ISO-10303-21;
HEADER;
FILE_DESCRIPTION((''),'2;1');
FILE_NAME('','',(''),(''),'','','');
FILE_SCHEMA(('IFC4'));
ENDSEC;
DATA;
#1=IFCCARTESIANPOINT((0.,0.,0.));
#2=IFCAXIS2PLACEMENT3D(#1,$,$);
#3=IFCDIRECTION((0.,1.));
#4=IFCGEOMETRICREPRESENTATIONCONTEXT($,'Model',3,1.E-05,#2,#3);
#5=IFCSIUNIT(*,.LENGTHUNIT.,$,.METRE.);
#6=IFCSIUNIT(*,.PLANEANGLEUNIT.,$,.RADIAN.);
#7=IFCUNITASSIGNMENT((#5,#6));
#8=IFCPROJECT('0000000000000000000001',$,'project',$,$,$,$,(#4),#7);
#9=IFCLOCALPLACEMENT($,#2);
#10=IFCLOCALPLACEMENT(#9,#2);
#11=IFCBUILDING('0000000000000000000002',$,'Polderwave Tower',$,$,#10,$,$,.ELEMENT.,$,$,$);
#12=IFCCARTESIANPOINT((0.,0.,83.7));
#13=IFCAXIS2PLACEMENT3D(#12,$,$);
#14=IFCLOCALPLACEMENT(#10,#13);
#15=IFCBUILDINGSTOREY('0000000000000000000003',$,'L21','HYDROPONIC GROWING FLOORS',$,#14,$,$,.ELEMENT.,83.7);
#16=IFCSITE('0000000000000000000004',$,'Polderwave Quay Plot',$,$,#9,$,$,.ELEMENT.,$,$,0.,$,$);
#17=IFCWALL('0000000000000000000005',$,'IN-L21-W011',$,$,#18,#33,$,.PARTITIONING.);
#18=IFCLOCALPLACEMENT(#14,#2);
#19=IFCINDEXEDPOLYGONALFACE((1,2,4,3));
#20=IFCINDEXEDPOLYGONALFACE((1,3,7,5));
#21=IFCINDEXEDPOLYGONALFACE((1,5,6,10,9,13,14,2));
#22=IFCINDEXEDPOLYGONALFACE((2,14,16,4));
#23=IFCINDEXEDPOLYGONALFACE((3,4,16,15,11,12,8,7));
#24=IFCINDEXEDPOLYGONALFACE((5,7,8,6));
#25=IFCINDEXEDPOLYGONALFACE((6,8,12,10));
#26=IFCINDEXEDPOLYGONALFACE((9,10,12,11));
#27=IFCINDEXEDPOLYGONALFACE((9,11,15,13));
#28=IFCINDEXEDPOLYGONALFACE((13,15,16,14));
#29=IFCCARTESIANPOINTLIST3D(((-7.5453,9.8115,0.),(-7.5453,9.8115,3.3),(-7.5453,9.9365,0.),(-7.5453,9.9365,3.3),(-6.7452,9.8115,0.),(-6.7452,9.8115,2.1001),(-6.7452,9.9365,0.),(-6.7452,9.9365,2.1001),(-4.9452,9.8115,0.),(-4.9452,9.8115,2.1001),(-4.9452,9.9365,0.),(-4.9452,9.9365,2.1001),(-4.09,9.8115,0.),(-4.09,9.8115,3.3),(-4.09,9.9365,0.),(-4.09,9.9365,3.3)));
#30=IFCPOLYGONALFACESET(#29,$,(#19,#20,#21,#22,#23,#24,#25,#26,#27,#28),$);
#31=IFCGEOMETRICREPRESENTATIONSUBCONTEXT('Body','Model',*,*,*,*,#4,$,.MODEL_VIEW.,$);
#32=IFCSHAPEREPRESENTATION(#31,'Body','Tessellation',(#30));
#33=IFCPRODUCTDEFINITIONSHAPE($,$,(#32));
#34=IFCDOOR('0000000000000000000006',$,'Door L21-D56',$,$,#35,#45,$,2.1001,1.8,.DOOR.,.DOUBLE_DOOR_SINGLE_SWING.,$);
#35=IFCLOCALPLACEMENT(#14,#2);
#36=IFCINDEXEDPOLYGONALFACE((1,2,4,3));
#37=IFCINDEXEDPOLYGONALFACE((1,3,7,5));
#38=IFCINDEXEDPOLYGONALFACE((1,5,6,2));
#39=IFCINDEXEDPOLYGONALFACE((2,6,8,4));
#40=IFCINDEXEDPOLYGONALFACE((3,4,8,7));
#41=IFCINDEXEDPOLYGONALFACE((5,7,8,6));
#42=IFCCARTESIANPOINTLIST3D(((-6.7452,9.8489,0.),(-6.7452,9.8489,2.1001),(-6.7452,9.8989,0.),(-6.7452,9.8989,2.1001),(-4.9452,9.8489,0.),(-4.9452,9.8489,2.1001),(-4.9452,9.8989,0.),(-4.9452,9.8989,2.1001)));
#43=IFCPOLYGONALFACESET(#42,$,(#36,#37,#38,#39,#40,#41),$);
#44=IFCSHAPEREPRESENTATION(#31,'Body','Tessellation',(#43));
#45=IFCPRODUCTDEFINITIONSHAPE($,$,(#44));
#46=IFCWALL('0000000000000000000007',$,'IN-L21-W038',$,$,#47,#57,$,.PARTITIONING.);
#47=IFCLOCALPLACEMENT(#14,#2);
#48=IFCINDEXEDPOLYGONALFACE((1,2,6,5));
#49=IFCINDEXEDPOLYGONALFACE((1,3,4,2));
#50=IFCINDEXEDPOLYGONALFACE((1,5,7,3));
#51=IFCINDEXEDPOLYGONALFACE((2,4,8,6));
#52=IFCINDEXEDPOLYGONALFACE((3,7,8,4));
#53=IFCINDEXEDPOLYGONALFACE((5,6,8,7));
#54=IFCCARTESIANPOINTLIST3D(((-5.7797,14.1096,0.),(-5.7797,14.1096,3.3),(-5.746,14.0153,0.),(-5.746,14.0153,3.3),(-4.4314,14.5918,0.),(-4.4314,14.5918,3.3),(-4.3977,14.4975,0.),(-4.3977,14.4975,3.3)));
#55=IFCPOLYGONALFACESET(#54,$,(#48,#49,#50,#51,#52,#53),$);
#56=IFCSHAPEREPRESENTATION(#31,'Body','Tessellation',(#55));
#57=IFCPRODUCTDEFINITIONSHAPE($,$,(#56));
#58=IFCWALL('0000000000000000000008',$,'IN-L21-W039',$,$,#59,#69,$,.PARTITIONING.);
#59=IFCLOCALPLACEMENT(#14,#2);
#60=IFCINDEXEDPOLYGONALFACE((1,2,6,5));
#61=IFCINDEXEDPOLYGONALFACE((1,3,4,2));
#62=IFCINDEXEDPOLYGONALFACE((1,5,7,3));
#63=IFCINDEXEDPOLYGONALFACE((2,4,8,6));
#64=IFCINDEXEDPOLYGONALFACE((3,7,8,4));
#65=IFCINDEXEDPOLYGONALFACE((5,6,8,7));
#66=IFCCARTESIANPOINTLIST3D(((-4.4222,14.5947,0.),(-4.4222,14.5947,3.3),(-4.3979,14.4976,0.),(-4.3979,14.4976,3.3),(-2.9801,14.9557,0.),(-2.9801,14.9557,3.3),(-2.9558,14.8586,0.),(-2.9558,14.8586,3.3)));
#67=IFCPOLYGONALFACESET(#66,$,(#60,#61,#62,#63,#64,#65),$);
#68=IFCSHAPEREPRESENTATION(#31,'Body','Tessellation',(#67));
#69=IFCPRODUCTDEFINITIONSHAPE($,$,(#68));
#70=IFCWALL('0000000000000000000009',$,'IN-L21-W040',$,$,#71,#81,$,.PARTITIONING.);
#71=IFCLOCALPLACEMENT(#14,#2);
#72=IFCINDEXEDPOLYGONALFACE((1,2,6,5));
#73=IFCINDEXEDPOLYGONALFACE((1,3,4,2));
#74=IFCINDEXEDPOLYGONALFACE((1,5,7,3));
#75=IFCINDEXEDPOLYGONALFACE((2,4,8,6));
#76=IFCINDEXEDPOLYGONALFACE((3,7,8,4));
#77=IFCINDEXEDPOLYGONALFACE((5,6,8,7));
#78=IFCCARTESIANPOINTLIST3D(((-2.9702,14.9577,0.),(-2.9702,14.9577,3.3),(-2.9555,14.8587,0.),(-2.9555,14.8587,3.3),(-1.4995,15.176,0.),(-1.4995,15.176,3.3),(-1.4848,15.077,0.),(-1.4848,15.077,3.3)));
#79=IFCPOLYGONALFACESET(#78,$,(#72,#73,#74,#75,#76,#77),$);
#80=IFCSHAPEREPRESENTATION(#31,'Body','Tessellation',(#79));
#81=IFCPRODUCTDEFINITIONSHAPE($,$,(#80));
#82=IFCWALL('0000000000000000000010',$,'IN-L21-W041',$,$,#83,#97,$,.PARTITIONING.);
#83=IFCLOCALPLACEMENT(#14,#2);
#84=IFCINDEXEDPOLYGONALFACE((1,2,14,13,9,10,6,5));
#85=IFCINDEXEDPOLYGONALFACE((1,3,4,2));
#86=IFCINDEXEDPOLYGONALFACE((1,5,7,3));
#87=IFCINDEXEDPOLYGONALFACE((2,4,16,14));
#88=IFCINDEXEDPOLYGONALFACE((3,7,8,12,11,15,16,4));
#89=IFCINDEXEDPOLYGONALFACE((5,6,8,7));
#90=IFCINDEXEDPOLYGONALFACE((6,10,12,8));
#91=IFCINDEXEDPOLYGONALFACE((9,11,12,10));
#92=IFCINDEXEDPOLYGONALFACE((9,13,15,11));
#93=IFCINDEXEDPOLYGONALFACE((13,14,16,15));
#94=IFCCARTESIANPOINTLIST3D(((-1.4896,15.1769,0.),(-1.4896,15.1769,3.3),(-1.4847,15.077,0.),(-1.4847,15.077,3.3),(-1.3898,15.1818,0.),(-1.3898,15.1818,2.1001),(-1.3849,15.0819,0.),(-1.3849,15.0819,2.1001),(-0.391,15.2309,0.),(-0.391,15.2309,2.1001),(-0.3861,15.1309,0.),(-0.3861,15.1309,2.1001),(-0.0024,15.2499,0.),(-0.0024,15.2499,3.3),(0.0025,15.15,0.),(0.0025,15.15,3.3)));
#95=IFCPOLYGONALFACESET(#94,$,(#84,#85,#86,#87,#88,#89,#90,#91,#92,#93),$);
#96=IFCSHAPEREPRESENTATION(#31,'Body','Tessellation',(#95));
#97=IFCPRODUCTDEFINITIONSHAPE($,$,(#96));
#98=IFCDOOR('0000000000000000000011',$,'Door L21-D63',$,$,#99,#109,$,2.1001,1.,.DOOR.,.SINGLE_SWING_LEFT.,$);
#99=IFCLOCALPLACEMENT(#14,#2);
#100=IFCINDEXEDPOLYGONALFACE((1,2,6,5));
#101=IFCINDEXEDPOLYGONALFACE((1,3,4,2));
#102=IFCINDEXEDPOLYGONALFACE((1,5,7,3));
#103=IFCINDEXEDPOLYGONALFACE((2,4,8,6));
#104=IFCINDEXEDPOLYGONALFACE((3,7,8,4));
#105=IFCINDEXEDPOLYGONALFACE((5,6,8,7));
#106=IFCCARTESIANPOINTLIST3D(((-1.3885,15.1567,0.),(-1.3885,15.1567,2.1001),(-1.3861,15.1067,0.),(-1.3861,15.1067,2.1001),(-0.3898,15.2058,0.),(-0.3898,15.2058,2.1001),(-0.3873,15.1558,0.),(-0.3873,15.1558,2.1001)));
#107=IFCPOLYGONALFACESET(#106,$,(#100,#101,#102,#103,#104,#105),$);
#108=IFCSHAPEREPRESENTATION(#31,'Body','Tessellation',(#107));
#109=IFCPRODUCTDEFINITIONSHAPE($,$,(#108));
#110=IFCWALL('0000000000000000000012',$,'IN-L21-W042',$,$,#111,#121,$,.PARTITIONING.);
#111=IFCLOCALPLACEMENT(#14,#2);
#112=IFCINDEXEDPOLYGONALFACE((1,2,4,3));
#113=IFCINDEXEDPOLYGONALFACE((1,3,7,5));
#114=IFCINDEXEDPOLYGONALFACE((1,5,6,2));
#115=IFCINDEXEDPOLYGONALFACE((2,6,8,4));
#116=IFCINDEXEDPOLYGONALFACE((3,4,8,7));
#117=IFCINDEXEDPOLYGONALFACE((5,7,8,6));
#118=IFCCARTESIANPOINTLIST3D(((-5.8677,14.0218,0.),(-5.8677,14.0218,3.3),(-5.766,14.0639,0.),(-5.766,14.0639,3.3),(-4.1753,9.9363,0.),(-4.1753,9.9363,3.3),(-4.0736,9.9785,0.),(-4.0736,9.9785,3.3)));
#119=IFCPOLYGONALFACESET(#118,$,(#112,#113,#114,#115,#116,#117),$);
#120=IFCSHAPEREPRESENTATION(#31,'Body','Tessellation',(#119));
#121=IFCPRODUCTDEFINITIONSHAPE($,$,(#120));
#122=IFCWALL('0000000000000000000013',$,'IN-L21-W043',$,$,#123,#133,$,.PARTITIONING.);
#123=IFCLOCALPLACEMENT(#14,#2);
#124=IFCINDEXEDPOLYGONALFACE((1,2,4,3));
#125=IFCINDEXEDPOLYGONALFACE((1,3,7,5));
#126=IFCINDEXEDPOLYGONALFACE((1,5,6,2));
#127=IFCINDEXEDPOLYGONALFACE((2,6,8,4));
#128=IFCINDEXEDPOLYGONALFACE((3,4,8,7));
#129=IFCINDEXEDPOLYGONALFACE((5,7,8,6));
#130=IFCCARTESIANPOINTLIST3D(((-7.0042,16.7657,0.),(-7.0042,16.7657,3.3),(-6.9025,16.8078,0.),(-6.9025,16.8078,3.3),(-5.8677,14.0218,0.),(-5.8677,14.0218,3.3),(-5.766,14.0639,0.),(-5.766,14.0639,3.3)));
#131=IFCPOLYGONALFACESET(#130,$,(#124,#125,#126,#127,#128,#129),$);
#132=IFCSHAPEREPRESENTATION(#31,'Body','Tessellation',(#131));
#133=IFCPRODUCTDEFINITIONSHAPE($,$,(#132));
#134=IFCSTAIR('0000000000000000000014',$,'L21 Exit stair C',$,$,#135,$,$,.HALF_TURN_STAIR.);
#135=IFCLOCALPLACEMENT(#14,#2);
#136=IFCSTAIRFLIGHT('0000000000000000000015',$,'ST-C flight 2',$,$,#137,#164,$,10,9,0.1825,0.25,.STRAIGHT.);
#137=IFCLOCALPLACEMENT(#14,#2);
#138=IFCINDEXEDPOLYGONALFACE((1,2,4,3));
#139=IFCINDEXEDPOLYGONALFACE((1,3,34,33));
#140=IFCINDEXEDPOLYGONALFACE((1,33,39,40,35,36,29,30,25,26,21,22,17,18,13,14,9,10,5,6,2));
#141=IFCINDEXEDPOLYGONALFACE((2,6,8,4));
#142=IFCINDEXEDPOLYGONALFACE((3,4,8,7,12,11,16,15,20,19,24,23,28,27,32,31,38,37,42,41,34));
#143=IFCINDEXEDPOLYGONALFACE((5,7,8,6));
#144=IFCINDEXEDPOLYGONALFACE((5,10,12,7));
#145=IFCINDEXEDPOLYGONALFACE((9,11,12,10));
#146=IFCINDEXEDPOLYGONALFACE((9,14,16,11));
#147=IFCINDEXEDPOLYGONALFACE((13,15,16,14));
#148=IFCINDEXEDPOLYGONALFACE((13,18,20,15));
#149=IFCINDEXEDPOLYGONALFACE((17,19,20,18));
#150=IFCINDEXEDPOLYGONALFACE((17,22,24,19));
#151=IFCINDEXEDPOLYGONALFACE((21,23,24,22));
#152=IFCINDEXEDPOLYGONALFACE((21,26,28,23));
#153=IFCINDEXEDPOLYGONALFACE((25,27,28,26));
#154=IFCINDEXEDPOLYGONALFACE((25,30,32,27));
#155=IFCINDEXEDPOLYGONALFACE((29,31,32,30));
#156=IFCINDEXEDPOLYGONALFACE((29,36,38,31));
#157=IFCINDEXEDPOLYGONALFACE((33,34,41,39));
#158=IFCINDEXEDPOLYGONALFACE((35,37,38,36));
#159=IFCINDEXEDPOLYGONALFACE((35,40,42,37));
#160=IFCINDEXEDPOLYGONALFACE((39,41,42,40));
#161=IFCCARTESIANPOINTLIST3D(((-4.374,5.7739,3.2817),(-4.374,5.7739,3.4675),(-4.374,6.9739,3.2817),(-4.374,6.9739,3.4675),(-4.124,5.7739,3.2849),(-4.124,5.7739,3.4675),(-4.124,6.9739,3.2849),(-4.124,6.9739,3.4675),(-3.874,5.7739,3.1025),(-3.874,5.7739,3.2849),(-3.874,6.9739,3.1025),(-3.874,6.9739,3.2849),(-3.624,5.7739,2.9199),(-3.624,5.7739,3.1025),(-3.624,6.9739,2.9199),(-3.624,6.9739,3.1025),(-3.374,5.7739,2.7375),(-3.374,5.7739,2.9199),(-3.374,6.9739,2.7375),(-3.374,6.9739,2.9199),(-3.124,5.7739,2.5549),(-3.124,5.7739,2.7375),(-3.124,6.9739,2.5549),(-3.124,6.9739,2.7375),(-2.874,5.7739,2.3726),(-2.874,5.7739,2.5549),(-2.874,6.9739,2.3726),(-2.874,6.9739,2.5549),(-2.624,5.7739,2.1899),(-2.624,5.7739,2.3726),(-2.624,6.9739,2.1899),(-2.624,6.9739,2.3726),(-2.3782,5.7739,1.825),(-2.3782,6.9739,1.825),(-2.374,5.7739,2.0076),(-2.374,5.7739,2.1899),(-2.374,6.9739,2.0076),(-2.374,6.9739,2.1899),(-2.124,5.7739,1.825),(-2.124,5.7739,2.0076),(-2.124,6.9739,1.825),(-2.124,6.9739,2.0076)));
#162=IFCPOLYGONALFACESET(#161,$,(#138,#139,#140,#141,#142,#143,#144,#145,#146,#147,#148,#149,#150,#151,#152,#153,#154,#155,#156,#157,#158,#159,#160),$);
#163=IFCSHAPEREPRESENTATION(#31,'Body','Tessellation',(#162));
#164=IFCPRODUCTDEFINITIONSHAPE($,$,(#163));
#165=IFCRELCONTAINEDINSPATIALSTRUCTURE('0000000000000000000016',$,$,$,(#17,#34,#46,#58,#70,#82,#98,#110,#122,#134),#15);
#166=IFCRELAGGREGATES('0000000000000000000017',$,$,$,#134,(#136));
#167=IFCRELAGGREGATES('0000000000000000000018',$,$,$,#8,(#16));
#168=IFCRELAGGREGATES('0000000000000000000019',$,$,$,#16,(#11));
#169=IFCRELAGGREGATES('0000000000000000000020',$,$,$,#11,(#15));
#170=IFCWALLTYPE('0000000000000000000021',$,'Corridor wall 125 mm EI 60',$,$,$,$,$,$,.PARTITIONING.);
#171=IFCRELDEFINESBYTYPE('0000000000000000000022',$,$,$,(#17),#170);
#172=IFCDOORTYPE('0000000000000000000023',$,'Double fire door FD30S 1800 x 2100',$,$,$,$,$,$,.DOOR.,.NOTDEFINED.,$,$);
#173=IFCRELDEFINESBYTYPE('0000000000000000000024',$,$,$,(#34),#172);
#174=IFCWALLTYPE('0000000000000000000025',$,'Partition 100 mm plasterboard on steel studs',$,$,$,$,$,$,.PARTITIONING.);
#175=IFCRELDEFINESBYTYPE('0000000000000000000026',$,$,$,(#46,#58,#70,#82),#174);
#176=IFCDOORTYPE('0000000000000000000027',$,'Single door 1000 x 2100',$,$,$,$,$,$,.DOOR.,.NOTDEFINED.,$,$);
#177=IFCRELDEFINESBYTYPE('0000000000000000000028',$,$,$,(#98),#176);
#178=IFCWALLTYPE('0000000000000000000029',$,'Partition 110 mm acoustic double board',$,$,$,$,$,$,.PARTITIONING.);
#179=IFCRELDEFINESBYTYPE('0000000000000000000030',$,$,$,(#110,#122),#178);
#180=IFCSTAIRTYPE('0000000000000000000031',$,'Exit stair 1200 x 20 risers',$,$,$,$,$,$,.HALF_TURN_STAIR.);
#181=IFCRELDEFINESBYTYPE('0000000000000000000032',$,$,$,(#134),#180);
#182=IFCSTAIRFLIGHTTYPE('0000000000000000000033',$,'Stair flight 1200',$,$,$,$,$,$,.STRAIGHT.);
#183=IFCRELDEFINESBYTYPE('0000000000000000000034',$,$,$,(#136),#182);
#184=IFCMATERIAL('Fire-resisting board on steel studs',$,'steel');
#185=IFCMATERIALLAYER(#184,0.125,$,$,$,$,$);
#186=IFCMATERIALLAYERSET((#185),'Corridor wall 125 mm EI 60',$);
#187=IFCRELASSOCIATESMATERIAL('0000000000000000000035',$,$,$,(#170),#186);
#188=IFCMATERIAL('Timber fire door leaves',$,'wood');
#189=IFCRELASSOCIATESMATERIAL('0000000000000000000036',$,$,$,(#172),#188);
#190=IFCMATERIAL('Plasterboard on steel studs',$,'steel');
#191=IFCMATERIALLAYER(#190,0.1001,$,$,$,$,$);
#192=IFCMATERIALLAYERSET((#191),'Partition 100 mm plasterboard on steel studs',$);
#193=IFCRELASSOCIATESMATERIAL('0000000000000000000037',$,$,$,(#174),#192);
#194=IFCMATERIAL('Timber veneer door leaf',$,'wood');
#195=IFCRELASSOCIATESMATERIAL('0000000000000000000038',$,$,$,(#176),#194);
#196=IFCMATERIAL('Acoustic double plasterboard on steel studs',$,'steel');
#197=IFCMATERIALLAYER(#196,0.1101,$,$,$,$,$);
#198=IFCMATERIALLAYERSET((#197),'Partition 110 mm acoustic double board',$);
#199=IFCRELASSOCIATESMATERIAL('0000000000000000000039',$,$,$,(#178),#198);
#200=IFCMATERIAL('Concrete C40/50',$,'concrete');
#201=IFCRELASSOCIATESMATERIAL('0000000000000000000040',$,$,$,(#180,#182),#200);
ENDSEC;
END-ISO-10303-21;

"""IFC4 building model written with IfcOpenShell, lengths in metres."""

from ifc_helpers import new_model, si_unit, direction, frame, frame_2d, origin, place, context, subcontext, project, spatial, polyline, rectangle, outline, extrude, material, layer, layer_set, type_object, element, fill, aggregate, save


model = new_model("IFC4")

# Units and contexts
model_context = context("Model", 3, precision=1e-05, world=origin(), true_north=direction((0.0, 1.0)))
body_context = subcontext(model_context, "Body", "Model", "MODEL_VIEW")
ifc_project = project(units=[si_unit("LENGTHUNIT", "METRE"), si_unit("PLANEANGLEUNIT", "RADIAN")], contexts=[model_context])

# Site, building, storey
site_placement = place(None, origin())
site = spatial("IfcSite", under=ifc_project, at=site_placement, Name="Polderwave Quay Plot", CompositionType="ELEMENT", RefElevation=0.0)
building_placement = place(site_placement, origin())
building = spatial("IfcBuilding", under=site, at=building_placement, Name="Polderwave Tower", CompositionType="ELEMENT")
storey_placement = place(building_placement, frame((0.0, 0.0, 83.7)))
storey = spatial("IfcBuildingStorey", under=building, at=storey_placement, Name="L21", Description="HYDROPONIC GROWING FLOORS", CompositionType="ELEMENT", Elevation=83.7)

# Wall, opening, door
ifc_material_1 = material(Name="Fire-resisting board on steel studs", Category="steel")
ifc_layer_1 = layer(ifc_material_1, 0.125)
ifc_layer_set_1 = layer_set([ifc_layer_1], Name="Corridor wall 125 mm EI 60")
wall_type_1 = type_object("IfcWallType", Name="Corridor wall 125 mm EI 60", PredefinedType="PARTITIONING", material=ifc_layer_set_1)
wall_1_placement = place(storey_placement, frame((-7.5452, 9.874, 0.0), z_axis=(0.0, 0.0, 1.0), x_axis=(1.0, 0.0, 0.0)))
wall_1 = element("IfcWall", 1, at=wall_1_placement, inside=storey, type_object=wall_type_1, Name="IN-L21-W011", PredefinedType="PARTITIONING", context=body_context, shape_type="SweptSolid", body=[
    extrude(rectangle(XDim=3.4553, YDim=0.125, at=frame_2d((1.7275, 0.0))), origin(), (0.0, 0.0, 1.0), 3.3),
])
opening_1_placement = place(wall_1_placement, frame((0.8, 0.0, 0.0)))
opening_1 = element("IfcOpeningElement", 2, at=opening_1_placement, cuts=wall_1, PredefinedType="OPENING", context=body_context, shape_type="SweptSolid", body=[
    extrude(rectangle(XDim=1.8, YDim=2.1001, at=frame_2d((0.8999, 1.05))), frame((0.0, 0.0725, 0.0), z_axis=(0.0, -1.0, 0.0), x_axis=(1.0, 0.0, 0.0)), (0.0, 0.0, 1.0), 0.145),
])
ifc_material_2 = material(Name="Timber fire door leaves", Category="wood")
door_type_1 = type_object("IfcDoorType", Name="Double fire door FD30S 1800 x 2100", OperationType="NOTDEFINED", PredefinedType="DOOR", material=ifc_material_2)
door_1_placement = place(opening_1_placement, origin())
door_1 = element("IfcDoor", 3, at=door_1_placement, inside=storey, type_object=door_type_1, Name="Door L21-D56", OperationType="DOUBLE_DOOR_SINGLE_SWING", OverallHeight=2.1001, OverallWidth=1.8, PredefinedType="DOOR", context=body_context, shape_type="SweptSolid", body=[
    extrude(rectangle(XDim=1.8, YDim=2.1001, at=frame_2d((0.8999, 1.05))), frame((0.0, 0.0249, 0.0), z_axis=(0.0, -1.0, 0.0), x_axis=(1.0, 0.0, 0.0)), (0.0, 0.0, 1.0), 0.05),
])
fill(opening_1, door_1)

# Walls
ifc_material_3 = material(Name="Plasterboard on steel studs", Category="steel")
ifc_layer_2 = layer(ifc_material_3, 0.1001)
ifc_layer_set_2 = layer_set([ifc_layer_2], Name="Partition 100 mm plasterboard on steel studs")
wall_type_2 = type_object("IfcWallType", Name="Partition 100 mm plasterboard on steel studs", PredefinedType="PARTITIONING", material=ifc_layer_set_2)
wall_2_placement = place(storey_placement, frame((-5.7627, 14.0625, 0.0), z_axis=(0.0, 0.0, 1.0), x_axis=(0.941587, 0.336768, 0.0)))
element("IfcWall", 4, at=wall_2_placement, inside=storey, type_object=wall_type_2, Name="IN-L21-W038", PredefinedType="PARTITIONING", context=body_context, shape_type="SweptSolid", body=[
    extrude(rectangle(XDim=1.4319, YDim=0.1001, at=frame_2d((0.7158, 0.0))), origin(), (0.0, 0.0, 1.0), 3.3),
])
wall_3_placement = place(storey_placement, frame((-4.4099, 14.5461, 0.0), z_axis=(0.0, 0.0, 1.0), x_axis=(0.970055, 0.242883, 0.0)))
element("IfcWall", 5, at=wall_3_placement, inside=storey, type_object=wall_type_2, Name="IN-L21-W039", PredefinedType="PARTITIONING", context=body_context, shape_type="SweptSolid", body=[
    extrude(rectangle(XDim=1.4866, YDim=0.1001, at=frame_2d((0.7432, 0.0))), origin(), (0.0, 0.0, 1.0), 3.3),
])
wall_4_placement = place(storey_placement, frame((-2.9629, 14.9082, 0.0), z_axis=(0.0, 0.0, 1.0), x_axis=(0.989166, 0.146799, 0.0)))
element("IfcWall", 6, at=wall_4_placement, inside=storey, type_object=wall_type_2, Name="IN-L21-W040", PredefinedType="PARTITIONING", context=body_context, shape_type="SweptSolid", body=[
    extrude(rectangle(XDim=1.4868, YDim=0.1001, at=frame_2d((0.7434, 0.0))), origin(), (0.0, 0.0, 1.0), 3.3),
])

# Wall, opening, door
wall_5_placement = place(storey_placement, frame((-1.4873, 15.127, 0.0), z_axis=(0.0, 0.0, 1.0), x_axis=(0.998798, 0.049022, 0.0)))
wall_5 = element("IfcWall", 7, at=wall_5_placement, inside=storey, type_object=wall_type_2, Name="IN-L21-W041", PredefinedType="PARTITIONING", context=body_context, shape_type="SweptSolid", body=[
    extrude(rectangle(XDim=1.489, YDim=0.1001, at=frame_2d((0.7446, 0.0))), origin(), (0.0, 0.0, 1.0), 3.3),
])
opening_2_placement = place(wall_5_placement, frame((0.1001, 0.0, 0.0)))
opening_2 = element("IfcOpeningElement", 8, at=opening_2_placement, cuts=wall_5, PredefinedType="OPENING", context=body_context, shape_type="SweptSolid", body=[
    extrude(rectangle(XDim=1.0, YDim=2.1001, at=frame_2d((0.5, 1.05))), frame((0.0, 0.0601, 0.0), z_axis=(0.0, -1.0, 0.0), x_axis=(1.0, 0.0, 0.0)), (0.0, 0.0, 1.0), 0.1201),
])
ifc_material_4 = material(Name="Timber veneer door leaf", Category="wood")
door_type_2 = type_object("IfcDoorType", Name="Single door 1000 x 2100", OperationType="NOTDEFINED", PredefinedType="DOOR", material=ifc_material_4)
door_2_placement = place(opening_2_placement, origin())
door_2 = element("IfcDoor", 9, at=door_2_placement, inside=storey, type_object=door_type_2, Name="Door L21-D63", OperationType="SINGLE_SWING_LEFT", OverallHeight=2.1001, OverallWidth=1.0, PredefinedType="DOOR", context=body_context, shape_type="SweptSolid", body=[
    extrude(rectangle(XDim=1.0, YDim=2.1001, at=frame_2d((0.5, 1.05))), frame((0.0, 0.0249, 0.0), z_axis=(0.0, -1.0, 0.0), x_axis=(1.0, 0.0, 0.0)), (0.0, 0.0, 1.0), 0.05),
])
fill(opening_2, door_2)

# Walls
ifc_material_5 = material(Name="Acoustic double plasterboard on steel studs", Category="steel")
ifc_layer_3 = layer(ifc_material_5, 0.1101)
ifc_layer_set_3 = layer_set([ifc_layer_3], Name="Partition 110 mm acoustic double board")
wall_type_3 = type_object("IfcWallType", Name="Partition 110 mm acoustic double board", PredefinedType="PARTITIONING", material=ifc_layer_set_3)
wall_6_placement = place(storey_placement, frame((-4.1245, 9.9575, 0.0), z_axis=(0.0, 0.0, 1.0), x_axis=(-0.382709, 0.923869, 0.0)))
element("IfcWall", 10, at=wall_6_placement, inside=storey, type_object=wall_type_3, Name="IN-L21-W042", PredefinedType="PARTITIONING", context=body_context, shape_type="SweptSolid", body=[
    extrude(rectangle(XDim=4.4221, YDim=0.1101, at=frame_2d((2.2109, 0.0))), origin(), (0.0, 0.0, 1.0), 3.3),
])
wall_7_placement = place(storey_placement, frame((-5.8169, 14.043, 0.0), z_axis=(0.0, 0.0, 1.0), x_axis=(-0.382659, 0.92389, 0.0)))
element("IfcWall", 11, at=wall_7_placement, inside=storey, type_object=wall_type_3, Name="IN-L21-W043", PredefinedType="PARTITIONING", context=body_context, shape_type="SweptSolid", body=[
    extrude(rectangle(XDim=2.97, YDim=0.1101, at=frame_2d((1.4849, 0.0))), origin(), (0.0, 0.0, 1.0), 3.3),
])

# Stair, stair flight
ifc_material_6 = material(Name="Concrete C40/50", Category="concrete")
stair_type = type_object("IfcStairType", Name="Exit stair 1200 x 20 risers", PredefinedType="HALF_TURN_STAIR", material=ifc_material_6)
stair_placement = place(storey_placement, origin())
stair = element("IfcStair", 12, at=stair_placement, inside=storey, type_object=stair_type, Name="L21 Exit stair C", PredefinedType="HALF_TURN_STAIR")
stair_flight_type = type_object("IfcStairFlightType", Name="Stair flight 1200", PredefinedType="STRAIGHT", material=ifc_material_6)
stair_flight_placement = place(storey_placement, frame((-2.124, 6.374, 1.825), z_axis=(0.0, 0.0, 1.0), x_axis=(-1.0, 0.0, 0.0)))
stair_flight = element("IfcStairFlight", 13, at=stair_flight_placement, type_object=stair_flight_type, Name="ST-C flight 2", NumberOfRisers=10, NumberOfTreads=9, PredefinedType="STRAIGHT", RiserHeight=0.1825, TreadLength=0.25, context=body_context, shape_type="SweptSolid", body=[
    extrude(outline(polyline([(0.0, 0.0), (0.0, 0.1826), (0.25, 0.1826), (0.25, 0.365), (0.5, 0.365), (0.5, 0.5476), (0.75, 0.5476), (0.75, 0.73), (1.0, 0.73), (1.0, 0.9126), (1.25, 0.9126), (1.25, 1.095), (1.5, 1.095), (1.5, 1.2776), (1.75, 1.2776), (1.75, 1.46), (2.0, 1.46), (2.0, 1.6426), (2.25, 1.6426), (2.25, 1.825), (2.25, 1.4568), (0.2542, 0.0), (0.0, 0.0)])), frame((0.0, 0.6001, 0.0), z_axis=(0.0, -1.0, 0.0), x_axis=(1.0, 0.0, 0.0)), (0.0, 0.0, 1.0), 1.2),
])
aggregate(stair, [stair_flight])

save(model, "model.ifc")
